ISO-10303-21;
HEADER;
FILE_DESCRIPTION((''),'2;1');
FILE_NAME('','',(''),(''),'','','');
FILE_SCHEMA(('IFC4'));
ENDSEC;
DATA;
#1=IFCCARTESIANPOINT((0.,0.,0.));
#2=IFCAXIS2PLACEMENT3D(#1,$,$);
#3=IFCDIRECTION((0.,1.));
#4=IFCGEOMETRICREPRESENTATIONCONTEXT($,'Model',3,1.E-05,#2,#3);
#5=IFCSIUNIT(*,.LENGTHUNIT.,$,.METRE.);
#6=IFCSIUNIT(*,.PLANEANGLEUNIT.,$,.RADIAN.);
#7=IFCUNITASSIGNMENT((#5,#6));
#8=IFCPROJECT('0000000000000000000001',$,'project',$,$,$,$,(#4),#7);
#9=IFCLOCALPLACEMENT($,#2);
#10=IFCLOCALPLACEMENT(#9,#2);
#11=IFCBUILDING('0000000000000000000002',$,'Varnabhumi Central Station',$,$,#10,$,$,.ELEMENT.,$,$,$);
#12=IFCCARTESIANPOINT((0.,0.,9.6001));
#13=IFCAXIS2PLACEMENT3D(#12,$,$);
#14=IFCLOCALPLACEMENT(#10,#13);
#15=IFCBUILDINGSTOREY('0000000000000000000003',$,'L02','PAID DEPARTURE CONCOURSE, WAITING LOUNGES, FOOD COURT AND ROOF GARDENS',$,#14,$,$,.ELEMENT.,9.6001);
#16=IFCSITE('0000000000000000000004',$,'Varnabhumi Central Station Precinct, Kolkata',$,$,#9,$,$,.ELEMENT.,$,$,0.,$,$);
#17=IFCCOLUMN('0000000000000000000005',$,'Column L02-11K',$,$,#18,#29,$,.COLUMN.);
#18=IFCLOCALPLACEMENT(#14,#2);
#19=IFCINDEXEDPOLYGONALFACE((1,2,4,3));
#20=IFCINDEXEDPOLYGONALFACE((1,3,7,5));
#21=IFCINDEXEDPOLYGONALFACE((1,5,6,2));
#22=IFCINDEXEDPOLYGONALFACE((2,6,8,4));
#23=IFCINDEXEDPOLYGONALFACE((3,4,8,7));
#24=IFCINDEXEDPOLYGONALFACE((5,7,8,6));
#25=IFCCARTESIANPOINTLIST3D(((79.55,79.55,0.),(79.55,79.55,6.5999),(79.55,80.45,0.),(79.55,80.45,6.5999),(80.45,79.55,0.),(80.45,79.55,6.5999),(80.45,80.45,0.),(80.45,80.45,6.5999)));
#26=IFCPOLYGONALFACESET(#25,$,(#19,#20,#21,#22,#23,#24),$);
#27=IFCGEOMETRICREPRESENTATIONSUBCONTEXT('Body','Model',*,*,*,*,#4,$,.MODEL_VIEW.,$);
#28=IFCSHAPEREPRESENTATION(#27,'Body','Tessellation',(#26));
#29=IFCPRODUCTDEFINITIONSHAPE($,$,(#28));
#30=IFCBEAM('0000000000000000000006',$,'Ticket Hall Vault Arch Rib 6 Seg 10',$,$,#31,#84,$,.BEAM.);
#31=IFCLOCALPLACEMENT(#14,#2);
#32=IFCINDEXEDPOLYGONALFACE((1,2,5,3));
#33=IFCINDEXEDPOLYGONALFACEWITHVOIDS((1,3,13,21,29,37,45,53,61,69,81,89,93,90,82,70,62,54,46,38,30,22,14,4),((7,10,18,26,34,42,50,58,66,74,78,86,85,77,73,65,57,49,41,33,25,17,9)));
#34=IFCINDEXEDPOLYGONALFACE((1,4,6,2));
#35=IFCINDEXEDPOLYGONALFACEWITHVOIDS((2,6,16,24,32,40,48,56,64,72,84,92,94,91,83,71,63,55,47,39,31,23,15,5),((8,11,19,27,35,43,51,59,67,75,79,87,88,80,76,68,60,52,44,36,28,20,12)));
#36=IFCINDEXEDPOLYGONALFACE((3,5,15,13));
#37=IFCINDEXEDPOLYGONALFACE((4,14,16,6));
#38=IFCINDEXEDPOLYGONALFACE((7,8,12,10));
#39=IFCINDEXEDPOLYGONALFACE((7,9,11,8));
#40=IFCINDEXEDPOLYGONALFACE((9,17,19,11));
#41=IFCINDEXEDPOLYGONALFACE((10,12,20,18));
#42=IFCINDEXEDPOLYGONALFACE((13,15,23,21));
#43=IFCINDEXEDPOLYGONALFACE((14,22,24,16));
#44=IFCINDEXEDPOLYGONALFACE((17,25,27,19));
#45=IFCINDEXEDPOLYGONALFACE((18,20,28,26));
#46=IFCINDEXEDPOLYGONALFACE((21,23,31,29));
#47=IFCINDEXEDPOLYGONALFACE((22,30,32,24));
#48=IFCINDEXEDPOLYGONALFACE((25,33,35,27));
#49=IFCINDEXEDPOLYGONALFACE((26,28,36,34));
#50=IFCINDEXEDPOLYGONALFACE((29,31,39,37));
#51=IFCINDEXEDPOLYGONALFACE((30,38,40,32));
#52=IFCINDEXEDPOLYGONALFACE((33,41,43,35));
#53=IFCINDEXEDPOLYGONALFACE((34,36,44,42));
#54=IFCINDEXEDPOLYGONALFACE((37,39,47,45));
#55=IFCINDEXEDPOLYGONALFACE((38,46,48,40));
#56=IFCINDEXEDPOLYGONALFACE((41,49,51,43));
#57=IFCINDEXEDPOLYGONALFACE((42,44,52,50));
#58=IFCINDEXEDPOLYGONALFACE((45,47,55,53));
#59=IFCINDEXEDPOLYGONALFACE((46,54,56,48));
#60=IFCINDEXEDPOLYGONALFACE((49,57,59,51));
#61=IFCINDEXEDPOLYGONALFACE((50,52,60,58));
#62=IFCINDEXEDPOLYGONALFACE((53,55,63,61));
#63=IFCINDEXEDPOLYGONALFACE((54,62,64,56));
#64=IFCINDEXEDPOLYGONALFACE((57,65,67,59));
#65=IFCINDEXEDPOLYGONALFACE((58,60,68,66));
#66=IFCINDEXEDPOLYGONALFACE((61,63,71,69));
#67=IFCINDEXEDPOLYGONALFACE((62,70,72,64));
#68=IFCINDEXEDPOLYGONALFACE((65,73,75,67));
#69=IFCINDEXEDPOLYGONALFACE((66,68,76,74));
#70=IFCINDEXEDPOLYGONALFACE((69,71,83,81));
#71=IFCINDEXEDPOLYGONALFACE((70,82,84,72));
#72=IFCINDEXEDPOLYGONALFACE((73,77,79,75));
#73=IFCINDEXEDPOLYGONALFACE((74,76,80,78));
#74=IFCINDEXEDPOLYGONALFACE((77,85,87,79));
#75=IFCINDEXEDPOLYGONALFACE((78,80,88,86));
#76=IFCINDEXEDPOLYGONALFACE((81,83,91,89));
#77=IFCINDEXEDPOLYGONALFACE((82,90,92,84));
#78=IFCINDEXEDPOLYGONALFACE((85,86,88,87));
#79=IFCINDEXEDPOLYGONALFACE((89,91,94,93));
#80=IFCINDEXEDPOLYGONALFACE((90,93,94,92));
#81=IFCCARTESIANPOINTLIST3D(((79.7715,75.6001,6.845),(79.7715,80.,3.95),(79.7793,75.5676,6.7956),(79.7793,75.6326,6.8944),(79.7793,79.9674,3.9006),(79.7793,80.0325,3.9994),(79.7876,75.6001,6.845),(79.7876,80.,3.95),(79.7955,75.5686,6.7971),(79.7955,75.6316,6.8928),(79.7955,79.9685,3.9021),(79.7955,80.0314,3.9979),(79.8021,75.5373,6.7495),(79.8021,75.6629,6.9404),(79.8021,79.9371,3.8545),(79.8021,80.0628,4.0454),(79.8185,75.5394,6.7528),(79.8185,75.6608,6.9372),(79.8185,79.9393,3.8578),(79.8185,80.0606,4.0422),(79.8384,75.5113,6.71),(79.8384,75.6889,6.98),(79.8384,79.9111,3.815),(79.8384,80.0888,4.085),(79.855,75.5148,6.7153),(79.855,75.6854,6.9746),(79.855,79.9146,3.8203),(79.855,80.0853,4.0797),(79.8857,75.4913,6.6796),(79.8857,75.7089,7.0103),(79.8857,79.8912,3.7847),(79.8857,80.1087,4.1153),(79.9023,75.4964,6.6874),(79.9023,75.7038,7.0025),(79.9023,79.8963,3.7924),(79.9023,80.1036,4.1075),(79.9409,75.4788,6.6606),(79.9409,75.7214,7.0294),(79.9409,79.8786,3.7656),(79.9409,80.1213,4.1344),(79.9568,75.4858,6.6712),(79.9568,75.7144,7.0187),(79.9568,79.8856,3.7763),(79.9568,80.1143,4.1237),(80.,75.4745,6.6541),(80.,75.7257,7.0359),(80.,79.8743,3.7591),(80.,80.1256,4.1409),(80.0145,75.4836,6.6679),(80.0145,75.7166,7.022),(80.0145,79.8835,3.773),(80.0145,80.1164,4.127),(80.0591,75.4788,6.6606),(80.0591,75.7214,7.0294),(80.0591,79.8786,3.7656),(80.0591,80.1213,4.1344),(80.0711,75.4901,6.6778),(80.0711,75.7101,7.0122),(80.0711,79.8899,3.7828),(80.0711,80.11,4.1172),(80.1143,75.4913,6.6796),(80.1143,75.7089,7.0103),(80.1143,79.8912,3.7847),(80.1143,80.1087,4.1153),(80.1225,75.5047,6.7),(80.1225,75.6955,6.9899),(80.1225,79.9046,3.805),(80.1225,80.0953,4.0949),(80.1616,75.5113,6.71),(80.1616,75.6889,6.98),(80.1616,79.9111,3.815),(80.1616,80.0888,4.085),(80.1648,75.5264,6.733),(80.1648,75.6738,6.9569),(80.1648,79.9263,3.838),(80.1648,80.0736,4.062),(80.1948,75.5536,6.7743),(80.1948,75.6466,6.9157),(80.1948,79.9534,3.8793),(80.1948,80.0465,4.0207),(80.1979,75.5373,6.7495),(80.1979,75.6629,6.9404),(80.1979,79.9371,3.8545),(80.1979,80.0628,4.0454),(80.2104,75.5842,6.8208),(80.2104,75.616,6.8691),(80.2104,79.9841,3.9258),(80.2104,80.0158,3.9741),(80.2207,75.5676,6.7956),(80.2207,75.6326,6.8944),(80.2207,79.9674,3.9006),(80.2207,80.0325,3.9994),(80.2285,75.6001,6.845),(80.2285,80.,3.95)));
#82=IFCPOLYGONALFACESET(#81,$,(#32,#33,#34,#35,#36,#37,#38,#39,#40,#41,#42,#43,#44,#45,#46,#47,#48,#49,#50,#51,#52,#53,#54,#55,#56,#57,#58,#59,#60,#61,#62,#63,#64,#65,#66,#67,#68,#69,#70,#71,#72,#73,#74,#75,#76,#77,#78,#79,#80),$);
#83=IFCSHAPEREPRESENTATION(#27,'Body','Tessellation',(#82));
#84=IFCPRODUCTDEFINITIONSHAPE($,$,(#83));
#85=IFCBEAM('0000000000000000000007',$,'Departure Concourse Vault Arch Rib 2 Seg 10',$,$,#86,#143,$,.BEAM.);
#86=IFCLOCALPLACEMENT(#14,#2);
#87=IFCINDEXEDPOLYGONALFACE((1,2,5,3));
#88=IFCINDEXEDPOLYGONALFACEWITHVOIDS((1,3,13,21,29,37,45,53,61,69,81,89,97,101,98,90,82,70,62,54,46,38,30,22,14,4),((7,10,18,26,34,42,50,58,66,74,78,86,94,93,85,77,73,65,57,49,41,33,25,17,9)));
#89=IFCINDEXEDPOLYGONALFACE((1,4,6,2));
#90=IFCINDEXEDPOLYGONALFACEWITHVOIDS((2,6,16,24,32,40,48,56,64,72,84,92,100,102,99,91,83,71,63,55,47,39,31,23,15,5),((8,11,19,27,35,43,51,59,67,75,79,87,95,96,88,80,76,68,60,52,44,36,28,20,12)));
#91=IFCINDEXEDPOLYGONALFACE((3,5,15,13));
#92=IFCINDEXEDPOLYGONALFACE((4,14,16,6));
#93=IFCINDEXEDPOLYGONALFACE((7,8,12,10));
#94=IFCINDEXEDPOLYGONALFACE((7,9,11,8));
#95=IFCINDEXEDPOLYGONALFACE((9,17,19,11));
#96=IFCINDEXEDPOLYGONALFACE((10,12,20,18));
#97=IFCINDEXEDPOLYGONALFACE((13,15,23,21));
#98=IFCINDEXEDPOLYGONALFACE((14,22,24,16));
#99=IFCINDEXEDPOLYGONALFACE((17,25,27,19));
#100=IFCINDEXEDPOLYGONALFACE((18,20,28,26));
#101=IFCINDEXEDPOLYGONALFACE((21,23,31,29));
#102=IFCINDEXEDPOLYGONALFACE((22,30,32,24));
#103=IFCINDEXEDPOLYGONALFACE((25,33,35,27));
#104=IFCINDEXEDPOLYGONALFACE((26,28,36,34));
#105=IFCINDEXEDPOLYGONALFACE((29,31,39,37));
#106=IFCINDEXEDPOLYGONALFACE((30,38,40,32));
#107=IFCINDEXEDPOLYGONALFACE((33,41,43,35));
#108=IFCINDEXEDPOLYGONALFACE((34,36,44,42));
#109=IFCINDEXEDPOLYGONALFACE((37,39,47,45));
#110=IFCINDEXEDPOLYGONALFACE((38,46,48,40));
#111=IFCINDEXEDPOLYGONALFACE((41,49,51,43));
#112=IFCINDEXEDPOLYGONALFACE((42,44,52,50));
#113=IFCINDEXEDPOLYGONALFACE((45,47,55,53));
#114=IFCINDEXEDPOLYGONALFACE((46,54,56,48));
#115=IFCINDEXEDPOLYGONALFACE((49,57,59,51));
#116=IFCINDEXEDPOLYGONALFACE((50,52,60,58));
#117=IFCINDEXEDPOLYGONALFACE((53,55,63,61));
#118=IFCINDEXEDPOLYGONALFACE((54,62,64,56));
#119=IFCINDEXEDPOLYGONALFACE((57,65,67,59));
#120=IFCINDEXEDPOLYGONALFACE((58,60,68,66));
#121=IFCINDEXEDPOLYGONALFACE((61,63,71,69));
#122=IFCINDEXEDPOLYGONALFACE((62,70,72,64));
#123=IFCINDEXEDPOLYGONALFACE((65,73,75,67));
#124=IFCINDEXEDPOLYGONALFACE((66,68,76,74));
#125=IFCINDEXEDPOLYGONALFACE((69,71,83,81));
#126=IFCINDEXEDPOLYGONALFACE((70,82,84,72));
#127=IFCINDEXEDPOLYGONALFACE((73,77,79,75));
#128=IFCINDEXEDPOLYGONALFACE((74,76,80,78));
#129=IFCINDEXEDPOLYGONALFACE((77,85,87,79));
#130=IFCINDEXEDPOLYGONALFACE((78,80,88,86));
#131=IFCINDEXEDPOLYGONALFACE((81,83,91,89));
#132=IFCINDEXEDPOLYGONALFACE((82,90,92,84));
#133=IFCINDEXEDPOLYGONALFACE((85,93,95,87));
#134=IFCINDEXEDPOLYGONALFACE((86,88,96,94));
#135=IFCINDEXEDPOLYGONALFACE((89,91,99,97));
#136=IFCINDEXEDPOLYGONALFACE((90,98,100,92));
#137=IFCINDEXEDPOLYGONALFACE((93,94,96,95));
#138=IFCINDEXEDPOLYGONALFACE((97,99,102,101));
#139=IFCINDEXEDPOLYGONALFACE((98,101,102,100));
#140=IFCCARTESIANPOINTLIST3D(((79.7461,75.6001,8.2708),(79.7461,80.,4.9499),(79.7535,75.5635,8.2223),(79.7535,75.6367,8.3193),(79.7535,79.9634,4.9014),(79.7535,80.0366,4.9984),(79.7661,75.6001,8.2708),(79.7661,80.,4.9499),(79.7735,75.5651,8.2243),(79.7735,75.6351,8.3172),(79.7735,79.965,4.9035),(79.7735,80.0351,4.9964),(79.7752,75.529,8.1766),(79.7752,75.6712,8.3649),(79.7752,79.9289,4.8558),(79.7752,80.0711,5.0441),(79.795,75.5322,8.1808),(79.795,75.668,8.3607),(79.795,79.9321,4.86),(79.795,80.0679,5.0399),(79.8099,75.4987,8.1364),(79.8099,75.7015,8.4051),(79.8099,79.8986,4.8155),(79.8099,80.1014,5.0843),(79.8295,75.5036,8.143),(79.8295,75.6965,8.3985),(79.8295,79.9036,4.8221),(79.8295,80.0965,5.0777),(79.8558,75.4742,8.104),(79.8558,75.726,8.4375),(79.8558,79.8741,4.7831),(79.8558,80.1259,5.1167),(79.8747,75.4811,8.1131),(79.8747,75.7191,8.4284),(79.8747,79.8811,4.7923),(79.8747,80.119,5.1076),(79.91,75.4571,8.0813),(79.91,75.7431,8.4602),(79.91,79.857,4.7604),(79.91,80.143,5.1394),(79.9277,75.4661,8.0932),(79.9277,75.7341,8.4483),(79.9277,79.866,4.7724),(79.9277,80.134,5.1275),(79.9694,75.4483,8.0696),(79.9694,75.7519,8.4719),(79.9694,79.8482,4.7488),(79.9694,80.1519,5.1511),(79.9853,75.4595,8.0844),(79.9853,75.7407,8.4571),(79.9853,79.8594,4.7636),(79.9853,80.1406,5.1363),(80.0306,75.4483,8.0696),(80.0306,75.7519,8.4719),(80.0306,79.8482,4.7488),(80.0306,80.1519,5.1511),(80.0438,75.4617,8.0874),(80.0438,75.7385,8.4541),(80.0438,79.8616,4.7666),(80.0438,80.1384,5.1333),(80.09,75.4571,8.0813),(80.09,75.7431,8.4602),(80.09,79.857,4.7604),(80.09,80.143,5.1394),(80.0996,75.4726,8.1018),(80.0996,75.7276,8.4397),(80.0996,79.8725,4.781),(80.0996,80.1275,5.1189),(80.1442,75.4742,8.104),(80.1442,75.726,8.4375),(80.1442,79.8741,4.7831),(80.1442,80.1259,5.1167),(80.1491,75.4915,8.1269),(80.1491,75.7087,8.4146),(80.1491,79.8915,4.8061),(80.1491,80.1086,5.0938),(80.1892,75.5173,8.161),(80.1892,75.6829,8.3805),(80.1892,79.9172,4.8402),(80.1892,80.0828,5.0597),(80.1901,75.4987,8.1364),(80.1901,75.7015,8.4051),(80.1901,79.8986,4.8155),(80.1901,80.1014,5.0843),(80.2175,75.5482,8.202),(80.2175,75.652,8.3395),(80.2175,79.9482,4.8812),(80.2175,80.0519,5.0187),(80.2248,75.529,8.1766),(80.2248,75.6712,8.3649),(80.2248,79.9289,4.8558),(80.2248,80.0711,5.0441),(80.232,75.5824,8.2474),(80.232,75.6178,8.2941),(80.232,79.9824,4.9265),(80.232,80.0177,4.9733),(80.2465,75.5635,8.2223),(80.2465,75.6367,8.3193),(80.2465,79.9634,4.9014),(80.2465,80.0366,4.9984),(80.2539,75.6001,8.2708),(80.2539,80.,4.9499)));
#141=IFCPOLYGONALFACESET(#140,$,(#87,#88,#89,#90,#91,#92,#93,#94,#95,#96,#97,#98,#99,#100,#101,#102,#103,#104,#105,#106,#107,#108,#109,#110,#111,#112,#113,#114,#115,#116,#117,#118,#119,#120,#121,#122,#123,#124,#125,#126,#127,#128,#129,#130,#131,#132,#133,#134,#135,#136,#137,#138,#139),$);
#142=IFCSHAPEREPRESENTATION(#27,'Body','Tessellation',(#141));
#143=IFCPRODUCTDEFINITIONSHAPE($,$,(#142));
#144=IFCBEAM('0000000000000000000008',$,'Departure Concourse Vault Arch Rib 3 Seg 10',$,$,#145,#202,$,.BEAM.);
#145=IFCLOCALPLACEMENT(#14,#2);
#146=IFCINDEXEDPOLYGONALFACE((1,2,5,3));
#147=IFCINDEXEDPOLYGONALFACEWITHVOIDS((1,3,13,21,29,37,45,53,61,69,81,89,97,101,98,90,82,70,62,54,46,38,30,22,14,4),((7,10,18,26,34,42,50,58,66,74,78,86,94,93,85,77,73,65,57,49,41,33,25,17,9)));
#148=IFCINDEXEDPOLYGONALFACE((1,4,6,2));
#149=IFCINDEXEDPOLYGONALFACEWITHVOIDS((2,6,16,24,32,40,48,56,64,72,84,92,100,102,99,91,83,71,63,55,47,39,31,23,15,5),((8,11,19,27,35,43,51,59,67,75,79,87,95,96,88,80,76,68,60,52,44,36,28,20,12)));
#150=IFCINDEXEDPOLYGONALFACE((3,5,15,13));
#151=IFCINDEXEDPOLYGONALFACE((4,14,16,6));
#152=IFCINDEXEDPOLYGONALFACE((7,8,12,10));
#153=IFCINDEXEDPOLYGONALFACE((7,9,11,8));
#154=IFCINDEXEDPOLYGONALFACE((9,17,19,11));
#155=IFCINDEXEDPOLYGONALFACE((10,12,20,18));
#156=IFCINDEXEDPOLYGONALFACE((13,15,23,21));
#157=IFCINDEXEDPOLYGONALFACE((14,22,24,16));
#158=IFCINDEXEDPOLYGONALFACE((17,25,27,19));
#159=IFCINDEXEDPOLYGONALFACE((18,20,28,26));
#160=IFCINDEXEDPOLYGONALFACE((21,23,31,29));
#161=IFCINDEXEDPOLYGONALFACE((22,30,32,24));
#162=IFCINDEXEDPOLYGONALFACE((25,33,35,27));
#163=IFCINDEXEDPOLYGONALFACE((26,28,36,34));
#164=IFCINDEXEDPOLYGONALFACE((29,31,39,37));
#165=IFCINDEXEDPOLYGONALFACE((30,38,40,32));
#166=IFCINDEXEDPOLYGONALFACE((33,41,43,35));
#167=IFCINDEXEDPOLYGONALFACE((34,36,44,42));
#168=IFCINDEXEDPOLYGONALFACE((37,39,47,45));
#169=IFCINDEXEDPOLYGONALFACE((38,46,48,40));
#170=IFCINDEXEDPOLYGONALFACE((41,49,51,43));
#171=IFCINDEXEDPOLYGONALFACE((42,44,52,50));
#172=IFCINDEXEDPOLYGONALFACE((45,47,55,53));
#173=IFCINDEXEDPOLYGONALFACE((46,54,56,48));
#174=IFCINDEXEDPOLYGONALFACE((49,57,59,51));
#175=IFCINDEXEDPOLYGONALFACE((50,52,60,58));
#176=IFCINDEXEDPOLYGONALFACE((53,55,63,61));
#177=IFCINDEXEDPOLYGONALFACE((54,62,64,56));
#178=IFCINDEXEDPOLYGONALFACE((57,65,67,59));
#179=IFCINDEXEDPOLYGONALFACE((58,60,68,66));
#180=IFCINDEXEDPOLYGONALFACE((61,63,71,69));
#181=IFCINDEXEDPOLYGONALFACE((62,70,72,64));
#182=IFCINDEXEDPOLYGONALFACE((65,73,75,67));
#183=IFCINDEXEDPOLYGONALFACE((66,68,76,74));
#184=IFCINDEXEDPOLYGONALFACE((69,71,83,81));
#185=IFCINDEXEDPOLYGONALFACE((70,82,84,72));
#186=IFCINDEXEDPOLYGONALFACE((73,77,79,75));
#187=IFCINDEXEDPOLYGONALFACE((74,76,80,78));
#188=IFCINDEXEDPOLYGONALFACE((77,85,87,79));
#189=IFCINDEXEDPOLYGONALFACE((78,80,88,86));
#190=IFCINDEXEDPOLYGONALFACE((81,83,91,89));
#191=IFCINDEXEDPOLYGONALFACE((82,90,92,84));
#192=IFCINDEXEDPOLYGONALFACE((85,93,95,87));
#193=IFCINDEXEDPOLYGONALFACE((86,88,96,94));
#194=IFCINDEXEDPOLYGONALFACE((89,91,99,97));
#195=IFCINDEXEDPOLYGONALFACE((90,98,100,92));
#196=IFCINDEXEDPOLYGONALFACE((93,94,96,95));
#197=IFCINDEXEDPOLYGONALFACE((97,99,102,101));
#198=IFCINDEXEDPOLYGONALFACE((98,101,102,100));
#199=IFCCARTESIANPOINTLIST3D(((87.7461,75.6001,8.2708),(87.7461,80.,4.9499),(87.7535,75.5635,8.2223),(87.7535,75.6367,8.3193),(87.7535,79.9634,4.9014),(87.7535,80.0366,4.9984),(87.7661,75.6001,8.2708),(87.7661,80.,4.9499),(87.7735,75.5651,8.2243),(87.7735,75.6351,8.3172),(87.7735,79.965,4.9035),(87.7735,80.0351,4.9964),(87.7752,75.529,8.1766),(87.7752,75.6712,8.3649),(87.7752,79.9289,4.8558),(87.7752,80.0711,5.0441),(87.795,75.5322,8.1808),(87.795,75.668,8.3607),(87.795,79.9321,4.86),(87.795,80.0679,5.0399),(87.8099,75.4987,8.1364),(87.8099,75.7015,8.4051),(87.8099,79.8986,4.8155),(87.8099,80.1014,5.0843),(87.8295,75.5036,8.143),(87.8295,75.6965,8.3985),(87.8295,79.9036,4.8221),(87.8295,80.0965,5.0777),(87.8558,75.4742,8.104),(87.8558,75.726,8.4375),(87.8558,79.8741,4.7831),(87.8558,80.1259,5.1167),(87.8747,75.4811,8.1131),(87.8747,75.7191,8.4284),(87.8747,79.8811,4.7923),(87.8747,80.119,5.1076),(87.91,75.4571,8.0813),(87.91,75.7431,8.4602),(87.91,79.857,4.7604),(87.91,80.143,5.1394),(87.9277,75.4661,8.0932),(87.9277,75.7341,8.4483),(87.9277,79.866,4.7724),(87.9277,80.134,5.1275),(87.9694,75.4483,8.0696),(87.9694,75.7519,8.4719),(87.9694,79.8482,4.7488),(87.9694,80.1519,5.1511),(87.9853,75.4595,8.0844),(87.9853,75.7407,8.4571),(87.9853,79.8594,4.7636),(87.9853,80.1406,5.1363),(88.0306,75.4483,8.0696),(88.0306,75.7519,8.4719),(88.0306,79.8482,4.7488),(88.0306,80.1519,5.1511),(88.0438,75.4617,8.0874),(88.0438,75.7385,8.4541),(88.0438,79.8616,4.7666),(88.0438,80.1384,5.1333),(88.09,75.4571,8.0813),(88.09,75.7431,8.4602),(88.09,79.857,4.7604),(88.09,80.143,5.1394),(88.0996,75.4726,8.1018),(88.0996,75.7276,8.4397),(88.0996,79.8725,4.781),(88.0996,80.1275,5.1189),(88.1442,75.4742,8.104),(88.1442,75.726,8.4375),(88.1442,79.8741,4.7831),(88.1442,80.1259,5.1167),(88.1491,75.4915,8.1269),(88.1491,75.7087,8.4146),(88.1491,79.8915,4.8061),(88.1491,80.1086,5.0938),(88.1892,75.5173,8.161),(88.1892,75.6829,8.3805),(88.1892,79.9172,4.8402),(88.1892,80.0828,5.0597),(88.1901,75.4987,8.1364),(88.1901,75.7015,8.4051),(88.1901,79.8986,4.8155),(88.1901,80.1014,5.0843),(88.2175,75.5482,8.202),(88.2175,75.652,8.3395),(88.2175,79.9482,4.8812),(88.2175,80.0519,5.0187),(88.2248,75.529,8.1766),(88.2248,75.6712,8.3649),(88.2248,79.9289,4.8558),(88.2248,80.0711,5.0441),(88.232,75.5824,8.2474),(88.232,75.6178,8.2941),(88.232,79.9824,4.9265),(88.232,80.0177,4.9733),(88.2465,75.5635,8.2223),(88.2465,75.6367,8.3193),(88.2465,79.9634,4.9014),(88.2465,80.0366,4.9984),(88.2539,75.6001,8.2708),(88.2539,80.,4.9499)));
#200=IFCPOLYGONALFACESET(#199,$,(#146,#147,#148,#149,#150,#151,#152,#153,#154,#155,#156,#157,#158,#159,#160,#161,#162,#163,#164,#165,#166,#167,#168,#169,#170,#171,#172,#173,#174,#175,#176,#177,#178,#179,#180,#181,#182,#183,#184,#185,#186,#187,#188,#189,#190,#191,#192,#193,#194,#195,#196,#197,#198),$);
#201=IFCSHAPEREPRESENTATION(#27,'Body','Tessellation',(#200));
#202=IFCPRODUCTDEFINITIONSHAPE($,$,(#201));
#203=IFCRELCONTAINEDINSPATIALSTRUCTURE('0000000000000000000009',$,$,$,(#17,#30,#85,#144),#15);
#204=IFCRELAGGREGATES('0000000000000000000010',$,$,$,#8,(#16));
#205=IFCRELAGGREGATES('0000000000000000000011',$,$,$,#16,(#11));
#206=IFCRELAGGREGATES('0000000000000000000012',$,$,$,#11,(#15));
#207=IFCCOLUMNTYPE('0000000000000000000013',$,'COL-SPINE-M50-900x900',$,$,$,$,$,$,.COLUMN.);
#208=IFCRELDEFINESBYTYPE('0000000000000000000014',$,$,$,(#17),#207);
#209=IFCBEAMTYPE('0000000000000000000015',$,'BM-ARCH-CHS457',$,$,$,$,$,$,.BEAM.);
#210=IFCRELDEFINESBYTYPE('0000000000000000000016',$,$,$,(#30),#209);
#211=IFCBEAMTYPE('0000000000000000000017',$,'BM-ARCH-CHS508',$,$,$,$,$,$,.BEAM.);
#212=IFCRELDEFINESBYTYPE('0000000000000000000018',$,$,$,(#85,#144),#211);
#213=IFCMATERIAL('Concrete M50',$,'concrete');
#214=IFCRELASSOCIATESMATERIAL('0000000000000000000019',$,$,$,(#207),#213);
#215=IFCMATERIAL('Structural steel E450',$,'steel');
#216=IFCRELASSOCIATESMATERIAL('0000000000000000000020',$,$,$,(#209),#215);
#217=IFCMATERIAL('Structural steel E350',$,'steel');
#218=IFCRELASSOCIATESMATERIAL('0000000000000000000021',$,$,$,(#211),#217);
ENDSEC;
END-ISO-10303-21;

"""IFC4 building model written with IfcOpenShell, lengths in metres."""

from ifc_helpers import new_model, si_unit, direction, frame, origin, origin_2d, place, context, subcontext, project, spatial, rectangle, hollow_circle, extrude, material, material_profile, profile_set, type_object, element, save


model = new_model("IFC4")

# Units and contexts
model_context = context("Model", 3, precision=1e-05, world=origin(), true_north=direction((0.0, 1.0)))
body_context = subcontext(model_context, "Body", "Model", "MODEL_VIEW")
ifc_project = project(units=[si_unit("LENGTHUNIT", "METRE"), si_unit("PLANEANGLEUNIT", "RADIAN")], contexts=[model_context])

# Site, building, storey
site_placement = place(None, origin())
site = spatial("IfcSite", under=ifc_project, at=site_placement, Name="Varnabhumi Central Station Precinct, Kolkata", CompositionType="ELEMENT", RefElevation=0.0)
building_placement = place(site_placement, origin())
building = spatial("IfcBuilding", under=site, at=building_placement, Name="Varnabhumi Central Station", CompositionType="ELEMENT")
storey_placement = place(building_placement, frame((0.0, 0.0, 9.6001)))
storey = spatial("IfcBuildingStorey", under=building, at=storey_placement, Name="L02", Description="PAID DEPARTURE CONCOURSE, WAITING LOUNGES, FOOD COURT AND ROOF GARDENS", CompositionType="ELEMENT", Elevation=9.6001)

# Column
ifc_material_1 = material(Name="Concrete M50", Category="concrete")
ifc_material_profile_1 = material_profile(ifc_material_1, rectangle(XDim=0.8999, YDim=0.8999, at=origin_2d()), Name="Concrete M50", Category="concrete")
ifc_profile_set_1 = profile_set([ifc_material_profile_1], Name="Concrete M50")
column_type = type_object("IfcColumnType", Name="COL-SPINE-M50-900x900", PredefinedType="COLUMN", material=ifc_profile_set_1)
column_placement = place(storey_placement, frame((80.0, 80.0, 0.0), z_axis=(0.0, 0.0, 1.0), x_axis=(1.0, 0.0, 0.0)))
element("IfcColumn", 1, at=column_placement, inside=storey, type_object=column_type, Name="Column L02-11K", PredefinedType="COLUMN", context=body_context, shape_type="SweptSolid", body=[
    extrude(rectangle(XDim=0.8999, YDim=0.8999, at=origin_2d()), origin(), (0.0, 0.0, 1.0), 6.5999),
])

# Beams
ifc_material_2 = material(Name="Structural steel E450", Category="steel")
ifc_material_profile_2 = material_profile(ifc_material_2, hollow_circle(Radius=0.2285, WallThickness=0.0161, at=origin_2d()), Name="Structural steel E450", Category="steel")
ifc_profile_set_2 = profile_set([ifc_material_profile_2], Name="Structural steel E450")
beam_type_1 = type_object("IfcBeamType", Name="BM-ARCH-CHS457", PredefinedType="BEAM", material=ifc_profile_set_2)
beam_1_placement = place(storey_placement, frame((80.0, 75.6001, 6.845), z_axis=(0.0, 0.835387, -0.549662), x_axis=(-1.0, 0.0, 0.0)))
element("IfcBeam", 2, at=beam_1_placement, inside=storey, type_object=beam_type_1, Name="Ticket Hall Vault Arch Rib 6 Seg 10", PredefinedType="BEAM", context=body_context, shape_type="SweptSolid", body=[
    extrude(hollow_circle(Radius=0.2285, WallThickness=0.0161, at=origin_2d()), origin(), (0.0, 0.0, 1.0), 5.2668),
])
ifc_material_3 = material(Name="Structural steel E350", Category="steel")
ifc_material_profile_3 = material_profile(ifc_material_3, hollow_circle(Radius=0.2539, WallThickness=0.02, at=origin_2d()), Name="Structural steel E350", Category="steel")
ifc_profile_set_3 = profile_set([ifc_material_profile_3], Name="Structural steel E350")
beam_type_2 = type_object("IfcBeamType", Name="BM-ARCH-CHS508", PredefinedType="BEAM", material=ifc_profile_set_3)
for number, where, z_axis, x_axis, name in (
    (3, (80.0, 75.6001, 8.2708), (0.0, 0.798179, -0.602421), (-1.0, 0.0, 0.0), "Departure Concourse Vault Arch Rib 2 Seg 10"),
    (4, (88.0, 75.6001, 8.2708), (0.0, 0.798179, -0.602421), (-1.0, 0.0, 0.0), "Departure Concourse Vault Arch Rib 3 Seg 10"),
):
    element("IfcBeam", number, at=place(storey_placement, frame(where, z_axis=z_axis, x_axis=x_axis)), inside=storey, type_object=beam_type_2, Name=name, PredefinedType="BEAM", context=body_context, shape_type="SweptSolid", body=[
        extrude(hollow_circle(Radius=0.2539, WallThickness=0.02, at=origin_2d()), origin(), (0.0, 0.0, 1.0), 5.5125),
    ])

save(model, "model.ifc")
